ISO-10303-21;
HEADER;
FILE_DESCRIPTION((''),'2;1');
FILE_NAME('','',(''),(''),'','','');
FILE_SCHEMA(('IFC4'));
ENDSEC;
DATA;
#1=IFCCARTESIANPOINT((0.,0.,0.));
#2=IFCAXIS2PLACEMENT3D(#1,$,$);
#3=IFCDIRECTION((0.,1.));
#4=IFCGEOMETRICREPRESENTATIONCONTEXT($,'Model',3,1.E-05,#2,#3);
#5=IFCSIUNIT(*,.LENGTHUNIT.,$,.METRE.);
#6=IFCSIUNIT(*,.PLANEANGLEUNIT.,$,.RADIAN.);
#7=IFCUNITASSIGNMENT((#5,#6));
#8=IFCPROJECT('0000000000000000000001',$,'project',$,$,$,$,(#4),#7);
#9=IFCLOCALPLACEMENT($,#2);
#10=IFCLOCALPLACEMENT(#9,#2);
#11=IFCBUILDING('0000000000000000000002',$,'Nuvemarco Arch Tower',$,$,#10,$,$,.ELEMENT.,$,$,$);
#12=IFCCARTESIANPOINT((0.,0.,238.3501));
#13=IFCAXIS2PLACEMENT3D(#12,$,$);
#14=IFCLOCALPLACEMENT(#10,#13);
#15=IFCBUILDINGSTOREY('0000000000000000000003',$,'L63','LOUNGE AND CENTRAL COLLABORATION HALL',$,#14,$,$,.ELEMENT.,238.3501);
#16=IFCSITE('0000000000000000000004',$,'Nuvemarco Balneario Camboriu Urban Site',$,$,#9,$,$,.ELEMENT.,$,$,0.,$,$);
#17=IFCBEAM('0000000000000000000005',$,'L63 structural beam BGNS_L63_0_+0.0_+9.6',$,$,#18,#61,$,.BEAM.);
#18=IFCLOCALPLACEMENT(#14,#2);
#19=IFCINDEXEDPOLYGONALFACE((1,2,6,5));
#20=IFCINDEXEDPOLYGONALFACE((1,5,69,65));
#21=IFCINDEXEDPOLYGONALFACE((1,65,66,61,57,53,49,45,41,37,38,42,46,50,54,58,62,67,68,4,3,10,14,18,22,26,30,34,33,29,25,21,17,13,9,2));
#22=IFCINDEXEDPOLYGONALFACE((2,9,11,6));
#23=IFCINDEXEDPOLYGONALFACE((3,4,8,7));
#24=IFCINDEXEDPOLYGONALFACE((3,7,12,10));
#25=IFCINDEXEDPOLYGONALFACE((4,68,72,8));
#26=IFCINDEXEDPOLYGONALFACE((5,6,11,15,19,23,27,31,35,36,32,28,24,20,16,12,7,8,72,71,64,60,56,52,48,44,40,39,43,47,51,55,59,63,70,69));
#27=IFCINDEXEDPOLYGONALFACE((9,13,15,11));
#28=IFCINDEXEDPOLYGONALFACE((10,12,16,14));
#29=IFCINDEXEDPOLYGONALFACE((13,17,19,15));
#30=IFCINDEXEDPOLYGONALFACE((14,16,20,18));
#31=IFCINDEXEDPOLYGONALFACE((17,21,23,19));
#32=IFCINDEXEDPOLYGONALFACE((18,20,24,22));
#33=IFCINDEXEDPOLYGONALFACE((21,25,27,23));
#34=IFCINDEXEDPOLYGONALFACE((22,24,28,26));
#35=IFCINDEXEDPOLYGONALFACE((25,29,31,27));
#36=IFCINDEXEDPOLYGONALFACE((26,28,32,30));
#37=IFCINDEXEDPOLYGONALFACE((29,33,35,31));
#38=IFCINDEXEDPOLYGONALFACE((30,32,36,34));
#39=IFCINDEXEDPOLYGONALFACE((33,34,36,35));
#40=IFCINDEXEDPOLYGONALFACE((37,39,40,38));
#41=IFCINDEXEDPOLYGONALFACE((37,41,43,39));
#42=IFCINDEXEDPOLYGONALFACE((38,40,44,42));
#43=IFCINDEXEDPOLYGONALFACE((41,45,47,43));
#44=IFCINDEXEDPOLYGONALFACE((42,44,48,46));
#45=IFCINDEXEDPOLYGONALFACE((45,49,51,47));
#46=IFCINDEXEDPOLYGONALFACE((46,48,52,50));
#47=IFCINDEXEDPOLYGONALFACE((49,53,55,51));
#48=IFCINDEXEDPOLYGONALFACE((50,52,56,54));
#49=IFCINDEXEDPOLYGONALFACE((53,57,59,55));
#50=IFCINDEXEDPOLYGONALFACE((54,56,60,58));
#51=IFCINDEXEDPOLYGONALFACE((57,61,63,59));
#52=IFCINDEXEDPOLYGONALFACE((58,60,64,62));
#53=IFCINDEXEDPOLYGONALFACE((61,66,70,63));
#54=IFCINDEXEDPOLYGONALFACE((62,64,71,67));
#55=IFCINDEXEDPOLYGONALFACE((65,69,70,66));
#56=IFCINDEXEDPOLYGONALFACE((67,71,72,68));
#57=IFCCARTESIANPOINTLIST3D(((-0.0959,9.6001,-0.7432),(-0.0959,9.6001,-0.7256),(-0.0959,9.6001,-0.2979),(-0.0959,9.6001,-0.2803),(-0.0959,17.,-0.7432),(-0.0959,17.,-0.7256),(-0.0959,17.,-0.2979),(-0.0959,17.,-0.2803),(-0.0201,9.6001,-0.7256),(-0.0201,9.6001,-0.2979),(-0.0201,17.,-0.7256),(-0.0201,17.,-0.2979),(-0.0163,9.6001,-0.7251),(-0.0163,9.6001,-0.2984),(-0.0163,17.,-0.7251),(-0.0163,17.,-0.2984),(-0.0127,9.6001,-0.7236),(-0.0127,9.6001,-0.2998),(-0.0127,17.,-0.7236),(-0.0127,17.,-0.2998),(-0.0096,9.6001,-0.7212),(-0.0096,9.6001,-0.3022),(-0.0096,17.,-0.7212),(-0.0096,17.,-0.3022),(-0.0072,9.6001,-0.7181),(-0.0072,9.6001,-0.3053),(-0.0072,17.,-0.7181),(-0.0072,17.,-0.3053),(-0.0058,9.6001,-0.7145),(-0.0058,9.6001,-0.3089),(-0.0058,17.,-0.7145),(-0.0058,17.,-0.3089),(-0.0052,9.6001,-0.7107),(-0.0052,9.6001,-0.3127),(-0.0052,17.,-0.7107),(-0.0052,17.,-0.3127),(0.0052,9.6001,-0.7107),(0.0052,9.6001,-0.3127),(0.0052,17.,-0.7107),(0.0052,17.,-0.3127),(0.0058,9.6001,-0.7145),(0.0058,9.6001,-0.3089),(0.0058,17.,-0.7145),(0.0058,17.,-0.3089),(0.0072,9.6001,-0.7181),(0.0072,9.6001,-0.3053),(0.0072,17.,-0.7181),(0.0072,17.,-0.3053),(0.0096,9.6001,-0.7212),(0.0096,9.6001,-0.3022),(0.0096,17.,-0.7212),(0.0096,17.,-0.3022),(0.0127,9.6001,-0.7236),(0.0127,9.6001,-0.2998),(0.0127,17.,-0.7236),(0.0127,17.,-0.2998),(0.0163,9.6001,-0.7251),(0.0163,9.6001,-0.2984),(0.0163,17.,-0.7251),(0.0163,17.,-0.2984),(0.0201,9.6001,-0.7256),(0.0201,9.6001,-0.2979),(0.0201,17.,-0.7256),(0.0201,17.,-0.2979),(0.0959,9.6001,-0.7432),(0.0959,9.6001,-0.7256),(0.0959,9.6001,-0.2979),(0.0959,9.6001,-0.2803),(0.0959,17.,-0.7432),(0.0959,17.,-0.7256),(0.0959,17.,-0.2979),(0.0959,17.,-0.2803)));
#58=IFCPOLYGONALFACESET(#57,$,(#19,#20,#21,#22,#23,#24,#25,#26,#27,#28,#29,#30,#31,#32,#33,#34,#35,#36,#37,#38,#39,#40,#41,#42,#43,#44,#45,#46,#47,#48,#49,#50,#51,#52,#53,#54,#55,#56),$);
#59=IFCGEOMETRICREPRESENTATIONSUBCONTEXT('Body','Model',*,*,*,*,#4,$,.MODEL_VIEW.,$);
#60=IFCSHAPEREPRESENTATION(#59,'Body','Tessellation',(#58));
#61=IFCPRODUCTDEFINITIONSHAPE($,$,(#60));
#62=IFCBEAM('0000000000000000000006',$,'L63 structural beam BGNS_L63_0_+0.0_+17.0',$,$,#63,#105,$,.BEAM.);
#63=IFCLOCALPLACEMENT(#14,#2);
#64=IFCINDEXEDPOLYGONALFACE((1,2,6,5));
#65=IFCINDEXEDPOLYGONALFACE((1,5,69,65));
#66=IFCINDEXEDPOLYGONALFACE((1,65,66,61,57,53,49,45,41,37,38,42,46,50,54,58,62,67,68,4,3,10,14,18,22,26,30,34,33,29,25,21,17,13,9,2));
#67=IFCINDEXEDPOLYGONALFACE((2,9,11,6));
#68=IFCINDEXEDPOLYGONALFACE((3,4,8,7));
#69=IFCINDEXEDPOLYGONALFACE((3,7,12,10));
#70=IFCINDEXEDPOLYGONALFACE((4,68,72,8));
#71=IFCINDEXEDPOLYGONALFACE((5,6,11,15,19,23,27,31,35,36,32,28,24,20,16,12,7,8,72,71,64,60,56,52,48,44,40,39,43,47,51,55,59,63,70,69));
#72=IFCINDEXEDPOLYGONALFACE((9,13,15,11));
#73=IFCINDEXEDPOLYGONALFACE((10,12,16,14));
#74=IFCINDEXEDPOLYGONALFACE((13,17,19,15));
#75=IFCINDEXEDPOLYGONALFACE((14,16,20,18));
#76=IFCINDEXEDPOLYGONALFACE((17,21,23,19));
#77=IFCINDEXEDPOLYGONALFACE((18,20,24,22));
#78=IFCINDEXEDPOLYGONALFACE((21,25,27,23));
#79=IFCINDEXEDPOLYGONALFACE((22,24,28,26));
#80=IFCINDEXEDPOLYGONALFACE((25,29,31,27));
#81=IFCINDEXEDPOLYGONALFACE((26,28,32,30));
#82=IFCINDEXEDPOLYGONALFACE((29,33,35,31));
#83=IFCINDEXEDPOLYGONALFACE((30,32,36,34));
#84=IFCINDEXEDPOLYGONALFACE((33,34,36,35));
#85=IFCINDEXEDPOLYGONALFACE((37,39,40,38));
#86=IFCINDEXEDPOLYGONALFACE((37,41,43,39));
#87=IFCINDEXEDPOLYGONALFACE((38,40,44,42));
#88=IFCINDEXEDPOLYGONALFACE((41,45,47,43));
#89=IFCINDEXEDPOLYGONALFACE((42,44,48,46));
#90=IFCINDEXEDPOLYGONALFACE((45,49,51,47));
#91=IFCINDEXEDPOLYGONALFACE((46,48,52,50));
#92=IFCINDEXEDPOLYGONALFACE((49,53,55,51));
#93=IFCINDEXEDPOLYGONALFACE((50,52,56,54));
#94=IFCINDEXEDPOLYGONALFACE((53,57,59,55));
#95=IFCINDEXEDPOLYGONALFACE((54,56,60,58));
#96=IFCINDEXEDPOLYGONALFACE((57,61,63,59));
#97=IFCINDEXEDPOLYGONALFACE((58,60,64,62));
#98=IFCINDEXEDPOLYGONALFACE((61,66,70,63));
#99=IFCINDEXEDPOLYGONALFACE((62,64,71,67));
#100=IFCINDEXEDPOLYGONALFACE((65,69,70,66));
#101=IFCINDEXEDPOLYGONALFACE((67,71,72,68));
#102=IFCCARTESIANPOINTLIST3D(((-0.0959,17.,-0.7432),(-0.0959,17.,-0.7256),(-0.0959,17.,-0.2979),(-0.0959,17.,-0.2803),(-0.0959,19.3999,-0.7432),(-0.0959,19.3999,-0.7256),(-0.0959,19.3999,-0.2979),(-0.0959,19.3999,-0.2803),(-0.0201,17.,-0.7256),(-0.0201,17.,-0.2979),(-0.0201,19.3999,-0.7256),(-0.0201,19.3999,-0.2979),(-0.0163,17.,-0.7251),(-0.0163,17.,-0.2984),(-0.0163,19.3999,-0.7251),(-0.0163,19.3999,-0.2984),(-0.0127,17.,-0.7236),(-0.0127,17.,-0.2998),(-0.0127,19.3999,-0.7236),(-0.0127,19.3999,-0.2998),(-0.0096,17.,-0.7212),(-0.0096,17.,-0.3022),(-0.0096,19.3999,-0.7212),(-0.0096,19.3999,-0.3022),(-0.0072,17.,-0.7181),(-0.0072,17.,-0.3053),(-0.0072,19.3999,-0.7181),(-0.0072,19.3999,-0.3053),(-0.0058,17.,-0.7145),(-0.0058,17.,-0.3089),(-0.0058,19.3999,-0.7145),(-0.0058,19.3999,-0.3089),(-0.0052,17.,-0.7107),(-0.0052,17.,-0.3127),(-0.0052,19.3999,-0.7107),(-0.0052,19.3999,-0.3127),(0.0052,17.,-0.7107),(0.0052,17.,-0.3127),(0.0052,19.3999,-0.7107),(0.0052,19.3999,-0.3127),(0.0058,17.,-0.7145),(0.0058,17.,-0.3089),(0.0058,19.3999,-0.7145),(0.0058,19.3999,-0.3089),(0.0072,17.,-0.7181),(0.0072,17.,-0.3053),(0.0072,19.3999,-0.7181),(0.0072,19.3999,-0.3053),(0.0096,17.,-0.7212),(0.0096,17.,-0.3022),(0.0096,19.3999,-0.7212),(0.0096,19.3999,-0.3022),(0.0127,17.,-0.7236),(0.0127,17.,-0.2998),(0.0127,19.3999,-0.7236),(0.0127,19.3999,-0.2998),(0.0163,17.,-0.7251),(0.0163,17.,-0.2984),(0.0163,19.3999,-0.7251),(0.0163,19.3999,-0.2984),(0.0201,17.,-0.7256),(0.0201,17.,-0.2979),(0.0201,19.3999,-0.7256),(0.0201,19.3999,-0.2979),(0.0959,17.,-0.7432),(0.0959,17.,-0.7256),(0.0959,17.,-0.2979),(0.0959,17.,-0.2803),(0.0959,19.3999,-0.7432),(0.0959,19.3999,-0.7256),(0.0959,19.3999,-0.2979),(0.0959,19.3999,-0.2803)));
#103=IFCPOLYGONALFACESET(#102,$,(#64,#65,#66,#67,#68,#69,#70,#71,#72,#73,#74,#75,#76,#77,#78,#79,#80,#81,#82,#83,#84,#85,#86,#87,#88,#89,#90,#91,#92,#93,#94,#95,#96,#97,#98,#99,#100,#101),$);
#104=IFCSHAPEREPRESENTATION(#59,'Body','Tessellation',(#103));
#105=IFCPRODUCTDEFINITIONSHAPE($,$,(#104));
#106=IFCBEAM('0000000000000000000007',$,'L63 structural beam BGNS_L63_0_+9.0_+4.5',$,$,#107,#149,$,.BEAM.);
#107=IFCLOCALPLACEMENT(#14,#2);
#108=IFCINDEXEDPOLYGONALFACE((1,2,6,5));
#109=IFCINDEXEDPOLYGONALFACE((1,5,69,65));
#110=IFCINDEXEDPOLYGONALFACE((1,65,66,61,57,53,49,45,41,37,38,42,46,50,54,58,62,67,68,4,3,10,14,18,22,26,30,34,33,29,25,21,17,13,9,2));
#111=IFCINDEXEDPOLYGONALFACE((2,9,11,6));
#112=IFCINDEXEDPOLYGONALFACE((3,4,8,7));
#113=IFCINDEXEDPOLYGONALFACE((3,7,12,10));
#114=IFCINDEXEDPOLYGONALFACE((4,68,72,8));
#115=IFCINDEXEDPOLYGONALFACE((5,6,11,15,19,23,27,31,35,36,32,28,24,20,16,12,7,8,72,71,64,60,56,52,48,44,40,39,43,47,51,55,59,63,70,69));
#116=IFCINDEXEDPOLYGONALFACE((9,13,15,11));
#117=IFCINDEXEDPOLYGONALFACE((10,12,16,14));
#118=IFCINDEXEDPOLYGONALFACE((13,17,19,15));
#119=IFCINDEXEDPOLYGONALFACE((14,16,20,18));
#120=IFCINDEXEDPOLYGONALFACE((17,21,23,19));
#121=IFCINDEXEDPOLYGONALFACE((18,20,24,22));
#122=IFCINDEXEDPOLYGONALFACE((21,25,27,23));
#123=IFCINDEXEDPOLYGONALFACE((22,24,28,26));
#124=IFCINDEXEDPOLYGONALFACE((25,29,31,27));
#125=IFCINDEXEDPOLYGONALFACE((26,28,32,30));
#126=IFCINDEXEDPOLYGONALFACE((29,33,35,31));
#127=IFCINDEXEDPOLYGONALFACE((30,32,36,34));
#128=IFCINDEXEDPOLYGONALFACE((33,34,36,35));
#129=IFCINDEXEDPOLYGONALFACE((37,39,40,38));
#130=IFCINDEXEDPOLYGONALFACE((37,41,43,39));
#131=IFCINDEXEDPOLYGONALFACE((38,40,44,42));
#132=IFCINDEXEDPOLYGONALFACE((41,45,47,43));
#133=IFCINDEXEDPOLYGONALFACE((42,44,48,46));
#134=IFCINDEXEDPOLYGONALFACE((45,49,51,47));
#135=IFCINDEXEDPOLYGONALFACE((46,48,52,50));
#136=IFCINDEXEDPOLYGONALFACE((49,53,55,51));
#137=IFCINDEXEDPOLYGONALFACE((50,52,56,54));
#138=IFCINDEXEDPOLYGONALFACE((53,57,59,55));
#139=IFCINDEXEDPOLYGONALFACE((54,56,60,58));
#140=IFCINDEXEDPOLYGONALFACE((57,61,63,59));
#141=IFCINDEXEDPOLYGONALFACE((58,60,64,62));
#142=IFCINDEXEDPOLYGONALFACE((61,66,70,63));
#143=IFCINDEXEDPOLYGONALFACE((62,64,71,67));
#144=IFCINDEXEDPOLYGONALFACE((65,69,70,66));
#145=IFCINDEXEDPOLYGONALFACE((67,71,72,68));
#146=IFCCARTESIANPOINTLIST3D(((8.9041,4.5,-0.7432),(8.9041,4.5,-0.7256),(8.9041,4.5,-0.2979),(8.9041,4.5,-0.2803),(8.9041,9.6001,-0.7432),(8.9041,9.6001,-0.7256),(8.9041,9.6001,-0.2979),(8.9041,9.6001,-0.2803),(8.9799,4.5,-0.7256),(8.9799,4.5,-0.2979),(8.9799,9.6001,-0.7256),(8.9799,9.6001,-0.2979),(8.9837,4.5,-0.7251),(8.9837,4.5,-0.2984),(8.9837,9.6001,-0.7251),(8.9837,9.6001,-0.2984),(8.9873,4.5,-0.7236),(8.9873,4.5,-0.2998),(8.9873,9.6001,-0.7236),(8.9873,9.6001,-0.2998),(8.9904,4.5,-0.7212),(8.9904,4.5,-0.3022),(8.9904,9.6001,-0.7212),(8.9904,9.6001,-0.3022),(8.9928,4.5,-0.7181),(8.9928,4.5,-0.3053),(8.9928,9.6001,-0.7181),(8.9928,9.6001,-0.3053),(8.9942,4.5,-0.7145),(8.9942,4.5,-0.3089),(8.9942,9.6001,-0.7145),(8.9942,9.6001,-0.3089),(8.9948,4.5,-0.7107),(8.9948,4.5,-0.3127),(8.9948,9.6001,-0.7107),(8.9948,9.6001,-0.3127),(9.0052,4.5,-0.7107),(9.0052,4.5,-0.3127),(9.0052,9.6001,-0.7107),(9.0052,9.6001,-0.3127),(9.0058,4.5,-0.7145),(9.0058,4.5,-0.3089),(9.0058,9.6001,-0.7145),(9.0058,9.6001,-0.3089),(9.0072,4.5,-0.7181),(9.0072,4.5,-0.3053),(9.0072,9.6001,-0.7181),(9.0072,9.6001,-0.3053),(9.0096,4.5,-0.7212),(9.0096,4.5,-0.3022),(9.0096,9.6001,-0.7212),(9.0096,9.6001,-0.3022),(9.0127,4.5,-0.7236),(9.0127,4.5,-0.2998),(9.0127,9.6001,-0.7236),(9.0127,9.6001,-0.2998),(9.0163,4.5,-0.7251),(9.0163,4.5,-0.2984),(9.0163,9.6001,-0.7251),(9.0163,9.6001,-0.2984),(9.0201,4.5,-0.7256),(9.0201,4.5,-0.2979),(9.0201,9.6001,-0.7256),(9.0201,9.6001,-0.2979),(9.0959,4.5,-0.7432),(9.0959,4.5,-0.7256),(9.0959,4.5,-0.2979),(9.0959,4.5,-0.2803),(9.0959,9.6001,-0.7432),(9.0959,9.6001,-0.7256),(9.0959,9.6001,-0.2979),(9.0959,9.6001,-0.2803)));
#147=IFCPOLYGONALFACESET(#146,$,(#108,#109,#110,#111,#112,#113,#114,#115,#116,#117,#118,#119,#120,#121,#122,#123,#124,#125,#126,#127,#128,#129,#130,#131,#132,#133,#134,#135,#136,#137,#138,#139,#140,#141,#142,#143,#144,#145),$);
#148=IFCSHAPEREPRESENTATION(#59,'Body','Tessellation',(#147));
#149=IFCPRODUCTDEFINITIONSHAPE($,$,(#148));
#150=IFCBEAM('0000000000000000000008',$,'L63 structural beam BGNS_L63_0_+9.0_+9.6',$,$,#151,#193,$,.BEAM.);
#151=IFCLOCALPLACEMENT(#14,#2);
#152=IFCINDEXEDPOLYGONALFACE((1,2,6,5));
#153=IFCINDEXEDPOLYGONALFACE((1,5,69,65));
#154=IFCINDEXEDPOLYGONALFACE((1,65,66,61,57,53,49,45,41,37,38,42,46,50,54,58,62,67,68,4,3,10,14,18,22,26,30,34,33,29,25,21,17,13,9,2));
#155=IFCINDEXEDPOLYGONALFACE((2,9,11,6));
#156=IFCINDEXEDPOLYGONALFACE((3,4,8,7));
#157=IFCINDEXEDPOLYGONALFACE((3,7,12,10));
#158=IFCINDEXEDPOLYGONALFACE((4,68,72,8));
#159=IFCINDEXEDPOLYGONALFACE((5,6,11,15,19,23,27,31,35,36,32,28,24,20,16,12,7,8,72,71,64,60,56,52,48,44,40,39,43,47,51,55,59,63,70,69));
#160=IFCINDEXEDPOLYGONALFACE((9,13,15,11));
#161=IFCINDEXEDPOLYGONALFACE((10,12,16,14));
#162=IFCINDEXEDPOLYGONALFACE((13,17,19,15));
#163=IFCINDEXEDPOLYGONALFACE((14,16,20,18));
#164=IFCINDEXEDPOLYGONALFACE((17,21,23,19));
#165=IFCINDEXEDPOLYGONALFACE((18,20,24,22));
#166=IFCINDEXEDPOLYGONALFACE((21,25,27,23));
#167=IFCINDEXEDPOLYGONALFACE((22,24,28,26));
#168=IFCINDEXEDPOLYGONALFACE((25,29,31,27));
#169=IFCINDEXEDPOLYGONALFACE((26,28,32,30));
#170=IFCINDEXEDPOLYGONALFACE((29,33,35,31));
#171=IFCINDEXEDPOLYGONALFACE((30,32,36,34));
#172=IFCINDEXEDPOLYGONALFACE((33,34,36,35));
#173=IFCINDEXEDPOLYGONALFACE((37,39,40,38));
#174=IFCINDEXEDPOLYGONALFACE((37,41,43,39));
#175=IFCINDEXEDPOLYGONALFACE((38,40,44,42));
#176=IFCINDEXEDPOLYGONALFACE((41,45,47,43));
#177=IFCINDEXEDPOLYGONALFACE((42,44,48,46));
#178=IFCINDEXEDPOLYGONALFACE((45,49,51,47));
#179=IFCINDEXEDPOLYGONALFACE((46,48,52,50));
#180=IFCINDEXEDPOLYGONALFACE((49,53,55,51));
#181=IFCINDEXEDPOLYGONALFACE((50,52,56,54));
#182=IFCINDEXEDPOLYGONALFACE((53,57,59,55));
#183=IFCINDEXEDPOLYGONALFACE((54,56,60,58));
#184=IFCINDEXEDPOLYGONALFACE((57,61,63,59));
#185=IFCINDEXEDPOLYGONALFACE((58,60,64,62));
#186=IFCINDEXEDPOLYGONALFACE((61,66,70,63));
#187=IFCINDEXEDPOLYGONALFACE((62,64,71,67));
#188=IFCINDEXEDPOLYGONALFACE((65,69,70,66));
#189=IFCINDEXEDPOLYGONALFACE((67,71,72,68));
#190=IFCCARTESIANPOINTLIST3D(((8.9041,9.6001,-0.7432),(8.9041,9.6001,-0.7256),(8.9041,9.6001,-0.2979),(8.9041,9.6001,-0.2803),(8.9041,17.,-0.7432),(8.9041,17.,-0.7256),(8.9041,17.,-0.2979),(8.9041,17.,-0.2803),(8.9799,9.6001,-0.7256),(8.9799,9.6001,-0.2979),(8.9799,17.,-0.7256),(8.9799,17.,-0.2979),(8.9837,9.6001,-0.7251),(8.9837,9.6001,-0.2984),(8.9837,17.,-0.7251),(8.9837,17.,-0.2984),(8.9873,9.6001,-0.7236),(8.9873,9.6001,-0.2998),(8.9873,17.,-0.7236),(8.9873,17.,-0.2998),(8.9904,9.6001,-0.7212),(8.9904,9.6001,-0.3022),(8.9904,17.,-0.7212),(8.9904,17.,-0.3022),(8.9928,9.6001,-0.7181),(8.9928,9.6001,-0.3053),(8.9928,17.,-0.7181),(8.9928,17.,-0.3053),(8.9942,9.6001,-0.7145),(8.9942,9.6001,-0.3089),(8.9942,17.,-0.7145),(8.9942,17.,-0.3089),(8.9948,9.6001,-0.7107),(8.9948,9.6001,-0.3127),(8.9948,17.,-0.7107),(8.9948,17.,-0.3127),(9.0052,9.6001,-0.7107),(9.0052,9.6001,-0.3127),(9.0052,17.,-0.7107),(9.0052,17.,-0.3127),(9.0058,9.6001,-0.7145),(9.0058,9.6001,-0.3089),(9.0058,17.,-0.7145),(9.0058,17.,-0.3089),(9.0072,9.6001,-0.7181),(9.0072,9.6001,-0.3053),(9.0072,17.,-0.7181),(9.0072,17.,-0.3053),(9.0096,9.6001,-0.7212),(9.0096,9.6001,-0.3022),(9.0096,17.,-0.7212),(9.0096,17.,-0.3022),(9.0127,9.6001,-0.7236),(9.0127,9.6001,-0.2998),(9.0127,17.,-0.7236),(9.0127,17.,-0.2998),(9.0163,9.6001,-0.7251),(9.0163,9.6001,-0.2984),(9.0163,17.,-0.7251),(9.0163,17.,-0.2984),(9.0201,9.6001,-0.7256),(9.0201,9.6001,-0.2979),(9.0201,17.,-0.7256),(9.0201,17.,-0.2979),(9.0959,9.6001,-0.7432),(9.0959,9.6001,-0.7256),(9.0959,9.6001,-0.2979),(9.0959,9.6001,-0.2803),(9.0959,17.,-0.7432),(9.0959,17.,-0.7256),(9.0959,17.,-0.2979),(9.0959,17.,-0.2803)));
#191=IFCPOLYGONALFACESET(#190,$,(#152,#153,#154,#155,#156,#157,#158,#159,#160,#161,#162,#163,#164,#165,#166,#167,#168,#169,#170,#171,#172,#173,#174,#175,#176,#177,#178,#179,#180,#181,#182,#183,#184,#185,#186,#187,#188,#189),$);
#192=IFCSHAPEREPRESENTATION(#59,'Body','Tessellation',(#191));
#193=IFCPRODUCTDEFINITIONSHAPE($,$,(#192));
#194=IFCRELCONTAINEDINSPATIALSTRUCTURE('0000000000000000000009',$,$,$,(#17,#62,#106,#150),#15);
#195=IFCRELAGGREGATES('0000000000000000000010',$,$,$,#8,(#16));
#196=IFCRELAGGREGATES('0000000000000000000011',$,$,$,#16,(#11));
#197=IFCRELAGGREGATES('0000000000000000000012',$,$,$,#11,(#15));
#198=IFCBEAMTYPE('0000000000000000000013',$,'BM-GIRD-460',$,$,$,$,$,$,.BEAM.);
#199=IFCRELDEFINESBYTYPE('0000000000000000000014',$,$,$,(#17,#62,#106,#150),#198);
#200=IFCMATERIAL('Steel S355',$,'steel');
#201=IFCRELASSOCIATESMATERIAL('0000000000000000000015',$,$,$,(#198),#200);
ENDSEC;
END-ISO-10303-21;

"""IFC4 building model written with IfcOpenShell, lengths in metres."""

from ifc_helpers import new_model, si_unit, direction, frame, origin, origin_2d, place, context, subcontext, project, spatial, i_section, extrude, material, material_profile, profile_set, type_object, element, save


model = new_model("IFC4")

# Units and contexts
model_context = context("Model", 3, precision=1e-05, world=origin(), true_north=direction((0.0, 1.0)))
body_context = subcontext(model_context, "Body", "Model", "MODEL_VIEW")
ifc_project = project(units=[si_unit("LENGTHUNIT", "METRE"), si_unit("PLANEANGLEUNIT", "RADIAN")], contexts=[model_context])

# Site, building, storey
site_placement = place(None, origin())
site = spatial("IfcSite", under=ifc_project, at=site_placement, Name="Nuvemarco Balneario Camboriu Urban Site", CompositionType="ELEMENT", RefElevation=0.0)
building_placement = place(site_placement, origin())
building = spatial("IfcBuilding", under=site, at=building_placement, Name="Nuvemarco Arch Tower", CompositionType="ELEMENT")
storey_placement = place(building_placement, frame((0.0, 0.0, 238.3501)))
storey = spatial("IfcBuildingStorey", under=building, at=storey_placement, Name="L63", Description="LOUNGE AND CENTRAL COLLABORATION HALL", CompositionType="ELEMENT", Elevation=238.3501)

# Shared definitions
ifc_material_1 = material(Name="Steel S355", Category="steel")

# Beams
ifc_material_profile_1 = material_profile(ifc_material_1, i_section(OverallWidth=0.1919, OverallDepth=0.4629, WebThickness=0.0105, FlangeThickness=0.0176, FilletRadius=0.0149, at=origin_2d()), Name="W460x89")
ifc_profile_set_1 = profile_set([ifc_material_profile_1], Name="Steel S355")
beam_type_1 = type_object("IfcBeamType", Name="BM-GIRD-460", PredefinedType="BEAM", material=ifc_profile_set_1)
beam_1_placement = place(storey_placement, frame((0.0, 9.6001, -0.5117), z_axis=(0.0, 1.0, 0.0), x_axis=(-1.0, 0.0, 0.0)))
element("IfcBeam", 1, at=beam_1_placement, inside=storey, type_object=beam_type_1, Name="L63 structural beam BGNS_L63_0_+0.0_+9.6", PredefinedType="BEAM", context=body_context, shape_type="SweptSolid", body=[
    extrude(i_section(OverallWidth=0.1919, OverallDepth=0.4629, WebThickness=0.0105, FlangeThickness=0.0176, FilletRadius=0.0149, at=origin_2d()), origin(), (0.0, 0.0, 1.0), 7.3999),
])
beam_2_placement = place(storey_placement, frame((0.0, 17.0, -0.5117), z_axis=(0.0, 1.0, 0.0), x_axis=(-1.0, 0.0, 0.0)))
element("IfcBeam", 2, at=beam_2_placement, inside=storey, type_object=beam_type_1, Name="L63 structural beam BGNS_L63_0_+0.0_+17.0", PredefinedType="BEAM", context=body_context, shape_type="SweptSolid", body=[
    extrude(i_section(OverallWidth=0.1919, OverallDepth=0.4629, WebThickness=0.0105, FlangeThickness=0.0176, FilletRadius=0.0149, at=origin_2d()), origin(), (0.0, 0.0, 1.0), 2.3999),
])
beam_3_placement = place(storey_placement, frame((9.0, 4.5, -0.5117), z_axis=(0.0, 1.0, 0.0), x_axis=(-1.0, 0.0, 0.0)))
element("IfcBeam", 3, at=beam_3_placement, inside=storey, type_object=beam_type_1, Name="L63 structural beam BGNS_L63_0_+9.0_+4.5", PredefinedType="BEAM", context=body_context, shape_type="SweptSolid", body=[
    extrude(i_section(OverallWidth=0.1919, OverallDepth=0.4629, WebThickness=0.0105, FlangeThickness=0.0176, FilletRadius=0.0149, at=origin_2d()), origin(), (0.0, 0.0, 1.0), 5.1001),
])
beam_4_placement = place(storey_placement, frame((9.0, 9.6001, -0.5117), z_axis=(0.0, 1.0, 0.0), x_axis=(-1.0, 0.0, 0.0)))
element("IfcBeam", 4, at=beam_4_placement, inside=storey, type_object=beam_type_1, Name="L63 structural beam BGNS_L63_0_+9.0_+9.6", PredefinedType="BEAM", context=body_context, shape_type="SweptSolid", body=[
    extrude(i_section(OverallWidth=0.1919, OverallDepth=0.4629, WebThickness=0.0105, FlangeThickness=0.0176, FilletRadius=0.0149, at=origin_2d()), origin(), (0.0, 0.0, 1.0), 7.3999),
])

save(model, "model.ifc")
